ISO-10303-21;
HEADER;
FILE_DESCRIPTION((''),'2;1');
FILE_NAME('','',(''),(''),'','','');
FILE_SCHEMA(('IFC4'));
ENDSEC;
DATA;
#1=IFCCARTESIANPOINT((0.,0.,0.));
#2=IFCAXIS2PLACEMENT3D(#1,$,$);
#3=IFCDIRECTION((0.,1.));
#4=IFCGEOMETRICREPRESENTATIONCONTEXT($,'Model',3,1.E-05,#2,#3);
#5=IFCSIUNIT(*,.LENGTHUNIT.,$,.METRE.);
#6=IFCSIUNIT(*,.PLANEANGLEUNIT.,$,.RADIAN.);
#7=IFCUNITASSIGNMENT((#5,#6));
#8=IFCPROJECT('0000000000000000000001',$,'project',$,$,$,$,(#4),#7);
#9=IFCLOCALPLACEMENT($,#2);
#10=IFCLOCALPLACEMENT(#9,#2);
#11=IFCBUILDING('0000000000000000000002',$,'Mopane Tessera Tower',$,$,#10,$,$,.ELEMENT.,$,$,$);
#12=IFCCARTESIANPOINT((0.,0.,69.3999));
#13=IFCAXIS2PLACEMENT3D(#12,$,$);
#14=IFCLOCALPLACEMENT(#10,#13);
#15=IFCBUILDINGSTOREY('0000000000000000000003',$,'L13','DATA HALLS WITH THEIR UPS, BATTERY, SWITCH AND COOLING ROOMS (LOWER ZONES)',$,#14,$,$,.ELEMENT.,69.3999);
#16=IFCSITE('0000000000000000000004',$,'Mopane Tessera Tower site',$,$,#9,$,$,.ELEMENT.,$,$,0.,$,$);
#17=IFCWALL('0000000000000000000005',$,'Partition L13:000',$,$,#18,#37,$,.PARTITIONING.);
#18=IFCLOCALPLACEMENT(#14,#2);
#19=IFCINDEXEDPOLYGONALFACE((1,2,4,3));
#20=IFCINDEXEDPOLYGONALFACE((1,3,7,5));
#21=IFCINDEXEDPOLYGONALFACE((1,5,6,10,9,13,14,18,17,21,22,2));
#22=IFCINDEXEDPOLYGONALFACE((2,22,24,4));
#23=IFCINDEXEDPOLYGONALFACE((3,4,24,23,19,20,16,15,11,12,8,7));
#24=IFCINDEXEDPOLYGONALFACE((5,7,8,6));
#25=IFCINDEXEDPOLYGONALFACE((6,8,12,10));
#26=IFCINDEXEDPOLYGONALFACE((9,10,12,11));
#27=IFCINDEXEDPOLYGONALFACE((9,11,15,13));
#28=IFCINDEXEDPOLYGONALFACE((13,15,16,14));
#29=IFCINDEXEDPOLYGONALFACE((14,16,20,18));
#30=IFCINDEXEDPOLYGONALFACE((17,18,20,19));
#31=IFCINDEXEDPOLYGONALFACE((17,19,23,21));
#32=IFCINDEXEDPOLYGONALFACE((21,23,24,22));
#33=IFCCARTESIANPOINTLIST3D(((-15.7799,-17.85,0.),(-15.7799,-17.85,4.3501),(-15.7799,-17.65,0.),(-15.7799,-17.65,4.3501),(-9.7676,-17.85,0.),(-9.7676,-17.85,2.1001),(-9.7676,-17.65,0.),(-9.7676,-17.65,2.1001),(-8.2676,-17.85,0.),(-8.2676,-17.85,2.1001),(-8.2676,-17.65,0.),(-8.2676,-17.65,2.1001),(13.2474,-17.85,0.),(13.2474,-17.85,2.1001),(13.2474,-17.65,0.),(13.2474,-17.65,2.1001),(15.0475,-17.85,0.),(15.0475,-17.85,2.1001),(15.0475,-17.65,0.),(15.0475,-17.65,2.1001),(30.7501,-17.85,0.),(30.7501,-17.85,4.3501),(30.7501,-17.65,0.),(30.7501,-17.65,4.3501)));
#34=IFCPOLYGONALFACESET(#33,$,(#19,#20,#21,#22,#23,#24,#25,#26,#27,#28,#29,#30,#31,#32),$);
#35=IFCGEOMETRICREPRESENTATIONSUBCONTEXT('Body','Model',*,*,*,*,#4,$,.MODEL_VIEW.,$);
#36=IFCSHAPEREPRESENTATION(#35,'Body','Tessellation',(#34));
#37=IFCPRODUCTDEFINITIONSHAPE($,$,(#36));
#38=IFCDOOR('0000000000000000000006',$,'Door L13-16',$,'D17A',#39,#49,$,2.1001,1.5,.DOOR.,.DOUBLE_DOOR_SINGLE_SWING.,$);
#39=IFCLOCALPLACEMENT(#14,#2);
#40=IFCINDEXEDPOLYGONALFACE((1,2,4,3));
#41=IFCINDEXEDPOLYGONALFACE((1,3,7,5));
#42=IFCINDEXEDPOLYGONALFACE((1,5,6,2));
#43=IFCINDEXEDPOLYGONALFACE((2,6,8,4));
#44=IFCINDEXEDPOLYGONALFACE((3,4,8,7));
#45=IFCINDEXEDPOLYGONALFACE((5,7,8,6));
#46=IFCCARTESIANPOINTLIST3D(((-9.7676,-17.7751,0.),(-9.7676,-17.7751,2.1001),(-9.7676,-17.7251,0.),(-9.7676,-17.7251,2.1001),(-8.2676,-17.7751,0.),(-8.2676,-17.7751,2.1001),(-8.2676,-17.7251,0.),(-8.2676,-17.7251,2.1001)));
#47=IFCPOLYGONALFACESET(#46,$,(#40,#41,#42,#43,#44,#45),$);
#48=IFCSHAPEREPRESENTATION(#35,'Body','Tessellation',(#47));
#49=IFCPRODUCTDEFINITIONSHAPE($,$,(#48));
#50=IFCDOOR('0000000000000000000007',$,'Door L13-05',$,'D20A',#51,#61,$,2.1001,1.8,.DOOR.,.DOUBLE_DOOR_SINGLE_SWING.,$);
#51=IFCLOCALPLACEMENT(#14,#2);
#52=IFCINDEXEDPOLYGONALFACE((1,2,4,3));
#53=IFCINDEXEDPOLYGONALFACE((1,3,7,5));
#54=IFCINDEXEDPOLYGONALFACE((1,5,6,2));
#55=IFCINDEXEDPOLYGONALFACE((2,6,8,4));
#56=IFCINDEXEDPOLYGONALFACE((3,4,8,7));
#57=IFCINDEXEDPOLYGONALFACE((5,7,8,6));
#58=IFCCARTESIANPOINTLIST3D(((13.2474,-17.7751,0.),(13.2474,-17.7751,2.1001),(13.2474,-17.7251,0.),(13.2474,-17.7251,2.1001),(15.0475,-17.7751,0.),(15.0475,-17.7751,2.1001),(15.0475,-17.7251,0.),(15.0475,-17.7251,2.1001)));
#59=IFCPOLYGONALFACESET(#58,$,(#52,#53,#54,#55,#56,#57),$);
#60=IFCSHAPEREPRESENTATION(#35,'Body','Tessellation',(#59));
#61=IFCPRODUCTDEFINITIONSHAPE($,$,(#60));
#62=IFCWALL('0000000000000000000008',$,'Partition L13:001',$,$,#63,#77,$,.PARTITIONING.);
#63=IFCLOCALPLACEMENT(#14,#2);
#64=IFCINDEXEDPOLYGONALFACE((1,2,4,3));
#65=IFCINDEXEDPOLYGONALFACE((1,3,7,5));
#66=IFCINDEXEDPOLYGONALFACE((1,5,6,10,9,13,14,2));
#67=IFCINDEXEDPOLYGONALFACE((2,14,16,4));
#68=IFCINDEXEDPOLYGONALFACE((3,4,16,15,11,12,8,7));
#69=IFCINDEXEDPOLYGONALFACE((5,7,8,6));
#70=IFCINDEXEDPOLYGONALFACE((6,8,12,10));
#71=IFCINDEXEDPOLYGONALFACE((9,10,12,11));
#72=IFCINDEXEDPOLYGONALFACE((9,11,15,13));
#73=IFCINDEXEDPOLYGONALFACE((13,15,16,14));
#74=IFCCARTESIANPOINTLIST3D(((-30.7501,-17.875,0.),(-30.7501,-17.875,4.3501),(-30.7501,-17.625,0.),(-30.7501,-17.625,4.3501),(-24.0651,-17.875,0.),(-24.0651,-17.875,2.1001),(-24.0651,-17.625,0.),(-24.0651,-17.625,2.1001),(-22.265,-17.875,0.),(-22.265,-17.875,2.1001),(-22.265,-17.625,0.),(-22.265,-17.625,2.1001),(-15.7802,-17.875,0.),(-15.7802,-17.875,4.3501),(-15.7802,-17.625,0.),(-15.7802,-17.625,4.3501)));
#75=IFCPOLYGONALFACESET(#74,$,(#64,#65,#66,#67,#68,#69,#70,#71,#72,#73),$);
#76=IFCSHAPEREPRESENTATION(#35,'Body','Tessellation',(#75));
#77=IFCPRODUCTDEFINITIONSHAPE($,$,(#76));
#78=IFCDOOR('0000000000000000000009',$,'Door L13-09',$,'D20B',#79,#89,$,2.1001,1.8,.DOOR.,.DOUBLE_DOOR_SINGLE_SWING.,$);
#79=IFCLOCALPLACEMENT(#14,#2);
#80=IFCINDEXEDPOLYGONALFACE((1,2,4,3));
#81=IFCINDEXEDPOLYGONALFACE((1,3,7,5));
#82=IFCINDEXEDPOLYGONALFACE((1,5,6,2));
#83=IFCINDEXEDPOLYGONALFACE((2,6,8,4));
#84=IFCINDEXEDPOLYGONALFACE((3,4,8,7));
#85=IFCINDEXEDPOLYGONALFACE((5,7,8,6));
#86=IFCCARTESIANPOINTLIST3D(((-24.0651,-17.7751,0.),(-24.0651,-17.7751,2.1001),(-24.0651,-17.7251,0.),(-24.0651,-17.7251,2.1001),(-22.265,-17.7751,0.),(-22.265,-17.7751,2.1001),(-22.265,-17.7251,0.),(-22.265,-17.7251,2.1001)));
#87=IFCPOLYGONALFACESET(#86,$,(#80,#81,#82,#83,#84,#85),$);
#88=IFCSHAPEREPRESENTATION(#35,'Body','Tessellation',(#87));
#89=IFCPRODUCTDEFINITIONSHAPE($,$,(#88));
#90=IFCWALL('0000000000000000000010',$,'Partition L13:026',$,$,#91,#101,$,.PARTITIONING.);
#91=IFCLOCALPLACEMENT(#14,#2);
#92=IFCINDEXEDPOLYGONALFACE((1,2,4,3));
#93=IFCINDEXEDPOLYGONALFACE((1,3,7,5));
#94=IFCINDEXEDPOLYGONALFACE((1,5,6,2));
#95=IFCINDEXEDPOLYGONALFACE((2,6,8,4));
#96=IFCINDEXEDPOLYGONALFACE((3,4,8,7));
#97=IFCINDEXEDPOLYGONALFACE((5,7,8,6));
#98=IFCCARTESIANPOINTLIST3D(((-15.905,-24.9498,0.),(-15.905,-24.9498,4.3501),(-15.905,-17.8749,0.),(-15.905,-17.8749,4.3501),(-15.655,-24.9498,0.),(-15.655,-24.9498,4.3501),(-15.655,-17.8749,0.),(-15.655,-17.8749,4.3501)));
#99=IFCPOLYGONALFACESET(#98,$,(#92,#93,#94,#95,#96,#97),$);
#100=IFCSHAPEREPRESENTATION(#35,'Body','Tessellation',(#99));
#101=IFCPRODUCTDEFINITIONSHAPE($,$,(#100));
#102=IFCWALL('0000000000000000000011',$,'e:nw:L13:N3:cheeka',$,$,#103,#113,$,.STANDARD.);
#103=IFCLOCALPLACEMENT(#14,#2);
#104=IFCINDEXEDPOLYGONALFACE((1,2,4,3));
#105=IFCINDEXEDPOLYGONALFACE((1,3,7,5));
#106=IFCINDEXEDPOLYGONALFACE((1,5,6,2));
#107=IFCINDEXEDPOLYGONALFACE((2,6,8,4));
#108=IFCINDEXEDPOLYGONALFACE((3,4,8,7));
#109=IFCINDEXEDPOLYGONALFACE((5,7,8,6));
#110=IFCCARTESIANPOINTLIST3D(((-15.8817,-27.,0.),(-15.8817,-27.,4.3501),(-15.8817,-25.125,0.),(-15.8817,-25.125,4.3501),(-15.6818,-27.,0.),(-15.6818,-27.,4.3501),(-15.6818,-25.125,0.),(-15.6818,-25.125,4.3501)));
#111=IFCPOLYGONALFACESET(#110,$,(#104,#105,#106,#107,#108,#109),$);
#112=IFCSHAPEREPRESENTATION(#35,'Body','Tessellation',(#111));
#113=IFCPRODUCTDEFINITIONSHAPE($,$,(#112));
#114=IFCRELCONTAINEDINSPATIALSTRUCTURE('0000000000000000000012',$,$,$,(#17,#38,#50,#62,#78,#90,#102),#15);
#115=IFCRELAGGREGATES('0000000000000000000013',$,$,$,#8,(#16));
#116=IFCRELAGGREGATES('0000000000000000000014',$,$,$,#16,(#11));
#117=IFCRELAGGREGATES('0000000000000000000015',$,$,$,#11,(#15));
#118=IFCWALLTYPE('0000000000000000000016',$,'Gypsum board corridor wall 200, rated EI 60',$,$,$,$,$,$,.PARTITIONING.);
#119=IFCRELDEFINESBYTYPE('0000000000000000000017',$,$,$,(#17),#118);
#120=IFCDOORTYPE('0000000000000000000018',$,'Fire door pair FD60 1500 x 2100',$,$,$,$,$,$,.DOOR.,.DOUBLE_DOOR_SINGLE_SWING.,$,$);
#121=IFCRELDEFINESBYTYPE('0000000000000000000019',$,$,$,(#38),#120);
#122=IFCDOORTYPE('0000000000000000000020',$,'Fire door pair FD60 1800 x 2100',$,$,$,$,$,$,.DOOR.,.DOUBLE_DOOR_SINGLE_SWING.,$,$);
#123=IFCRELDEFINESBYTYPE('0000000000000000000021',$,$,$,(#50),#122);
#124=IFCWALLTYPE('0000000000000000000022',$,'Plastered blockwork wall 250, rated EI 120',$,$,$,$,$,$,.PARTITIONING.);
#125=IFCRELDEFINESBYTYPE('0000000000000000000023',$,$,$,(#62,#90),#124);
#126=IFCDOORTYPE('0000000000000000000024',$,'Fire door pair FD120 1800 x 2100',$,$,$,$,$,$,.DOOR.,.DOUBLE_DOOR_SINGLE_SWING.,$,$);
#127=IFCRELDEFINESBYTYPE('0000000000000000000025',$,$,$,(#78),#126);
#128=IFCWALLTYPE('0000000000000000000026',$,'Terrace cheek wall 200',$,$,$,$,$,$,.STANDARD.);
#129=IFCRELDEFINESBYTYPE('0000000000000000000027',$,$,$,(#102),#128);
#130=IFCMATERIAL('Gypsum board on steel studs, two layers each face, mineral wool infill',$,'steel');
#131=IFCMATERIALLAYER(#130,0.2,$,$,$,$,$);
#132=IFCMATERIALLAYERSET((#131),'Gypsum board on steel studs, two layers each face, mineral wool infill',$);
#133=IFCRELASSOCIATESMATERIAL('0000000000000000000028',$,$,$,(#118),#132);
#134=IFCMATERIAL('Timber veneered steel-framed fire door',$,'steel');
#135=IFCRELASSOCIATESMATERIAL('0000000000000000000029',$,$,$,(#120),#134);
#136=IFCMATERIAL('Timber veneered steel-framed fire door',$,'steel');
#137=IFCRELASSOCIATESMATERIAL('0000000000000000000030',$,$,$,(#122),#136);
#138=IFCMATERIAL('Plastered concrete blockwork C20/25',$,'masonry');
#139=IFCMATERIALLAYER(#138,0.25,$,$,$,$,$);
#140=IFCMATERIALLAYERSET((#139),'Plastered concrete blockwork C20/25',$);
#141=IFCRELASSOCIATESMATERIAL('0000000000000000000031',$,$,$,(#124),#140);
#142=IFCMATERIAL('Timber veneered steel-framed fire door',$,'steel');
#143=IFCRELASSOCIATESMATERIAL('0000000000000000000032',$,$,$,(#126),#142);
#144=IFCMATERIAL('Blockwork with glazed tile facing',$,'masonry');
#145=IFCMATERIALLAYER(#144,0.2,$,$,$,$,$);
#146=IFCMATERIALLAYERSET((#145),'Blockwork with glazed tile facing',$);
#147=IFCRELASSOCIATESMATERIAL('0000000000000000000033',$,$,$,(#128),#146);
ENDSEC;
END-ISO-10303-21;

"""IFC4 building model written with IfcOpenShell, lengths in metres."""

from ifc_helpers import new_model, si_unit, direction, frame, frame_2d, origin, place, context, subcontext, project, spatial, rectangle, extrude, material, layer, layer_set, type_object, element, fill, save


model = new_model("IFC4")

# Units and contexts
model_context = context("Model", 3, precision=1e-05, world=origin(), true_north=direction((0.0, 1.0)))
body_context = subcontext(model_context, "Body", "Model", "MODEL_VIEW")
ifc_project = project(units=[si_unit("LENGTHUNIT", "METRE"), si_unit("PLANEANGLEUNIT", "RADIAN")], contexts=[model_context])

# Site, building, storey
site_placement = place(None, origin())
site = spatial("IfcSite", under=ifc_project, at=site_placement, Name="Mopane Tessera Tower site", CompositionType="ELEMENT", RefElevation=0.0)
building_placement = place(site_placement, origin())
building = spatial("IfcBuilding", under=site, at=building_placement, Name="Mopane Tessera Tower", CompositionType="ELEMENT")
storey_placement = place(building_placement, frame((0.0, 0.0, 69.3999)))
storey = spatial("IfcBuildingStorey", under=building, at=storey_placement, Name="L13", Description="DATA HALLS WITH THEIR UPS, BATTERY, SWITCH AND COOLING ROOMS (LOWER ZONES)", CompositionType="ELEMENT", Elevation=69.3999)

# Wall, openings, doors
ifc_material_1 = material(Name="Gypsum board on steel studs, two layers each face, mineral wool infill", Category="steel")
ifc_layer_1 = layer(ifc_material_1, 0.2)
ifc_layer_set_1 = layer_set([ifc_layer_1], Name="Gypsum board on steel studs, two layers each face, mineral wool infill")
wall_type_1 = type_object("IfcWallType", Name="Gypsum board corridor wall 200, rated EI 60", PredefinedType="PARTITIONING", material=ifc_layer_set_1)
wall_1_placement = place(storey_placement, frame((-15.78, -17.75, 0.0), z_axis=(0.0, 0.0, 1.0), x_axis=(1.0, 0.0, 0.0)))
wall_1 = element("IfcWall", 1, at=wall_1_placement, inside=storey, type_object=wall_type_1, Name="Partition L13:000", PredefinedType="PARTITIONING", context=body_context, shape_type="SweptSolid", body=[
    extrude(rectangle(XDim=46.53, YDim=0.2, at=frame_2d((23.2651, 0.0))), origin(), (0.0, 0.0, 1.0), 4.3501),
])
opening_1_placement = place(wall_1_placement, frame((29.0276, 0.0, 0.0)))
opening_1 = element("IfcOpeningElement", 2, at=opening_1_placement, cuts=wall_1, PredefinedType="OPENING", context=body_context, shape_type="SweptSolid", body=[
    extrude(rectangle(XDim=1.8, YDim=2.1001, at=frame_2d((0.8999, 1.05))), frame((0.0, 0.1121, 0.0), z_axis=(0.0, -1.0, 0.0), x_axis=(1.0, 0.0, 0.0)), (0.0, 0.0, 1.0), 0.2239),
])
opening_2_placement = place(wall_1_placement, frame((6.0125, 0.0, 0.0)))
opening_2 = element("IfcOpeningElement", 3, at=opening_2_placement, cuts=wall_1, PredefinedType="OPENING", context=body_context, shape_type="SweptSolid", body=[
    extrude(rectangle(XDim=1.5, YDim=2.1001, at=frame_2d((0.75, 1.05))), frame((0.0, 0.1121, 0.0), z_axis=(0.0, -1.0, 0.0), x_axis=(1.0, 0.0, 0.0)), (0.0, 0.0, 1.0), 0.2239),
])
ifc_material_2 = material(Name="Timber veneered steel-framed fire door", Category="steel")
door_type_1 = type_object("IfcDoorType", Name="Fire door pair FD60 1500 x 2100", OperationType="DOUBLE_DOOR_SINGLE_SWING", PredefinedType="DOOR", material=ifc_material_2)
door_1_placement = place(opening_2_placement, origin())
door_1 = element("IfcDoor", 4, at=door_1_placement, inside=storey, type_object=door_type_1, Name="Door L13-16", ObjectType="D17A", OperationType="DOUBLE_DOOR_SINGLE_SWING", OverallHeight=2.1001, OverallWidth=1.5, PredefinedType="DOOR", context=body_context, shape_type="SweptSolid", body=[
    extrude(rectangle(XDim=1.5, YDim=2.1001, at=frame_2d((0.75, 1.05))), frame((0.0, 0.0249, 0.0), z_axis=(0.0, -1.0, 0.0), x_axis=(1.0, 0.0, 0.0)), (0.0, 0.0, 1.0), 0.05),
])
fill(opening_2, door_1)
ifc_material_3 = material(Name="Timber veneered steel-framed fire door", Category="steel")
door_type_2 = type_object("IfcDoorType", Name="Fire door pair FD60 1800 x 2100", OperationType="DOUBLE_DOOR_SINGLE_SWING", PredefinedType="DOOR", material=ifc_material_3)
door_2_placement = place(opening_1_placement, origin())
door_2 = element("IfcDoor", 5, at=door_2_placement, inside=storey, type_object=door_type_2, Name="Door L13-05", ObjectType="D20A", OperationType="DOUBLE_DOOR_SINGLE_SWING", OverallHeight=2.1001, OverallWidth=1.8, PredefinedType="DOOR", context=body_context, shape_type="SweptSolid", body=[
    extrude(rectangle(XDim=1.8, YDim=2.1001, at=frame_2d((0.8999, 1.05))), frame((0.0, 0.0249, 0.0), z_axis=(0.0, -1.0, 0.0), x_axis=(1.0, 0.0, 0.0)), (0.0, 0.0, 1.0), 0.05),
])
fill(opening_1, door_2)

# Wall, opening, door
ifc_material_4 = material(Name="Plastered concrete blockwork C20/25", Category="masonry")
ifc_layer_2 = layer(ifc_material_4, 0.25)
ifc_layer_set_2 = layer_set([ifc_layer_2], Name="Plastered concrete blockwork C20/25")
wall_type_2 = type_object("IfcWallType", Name="Plastered blockwork wall 250, rated EI 120", PredefinedType="PARTITIONING", material=ifc_layer_set_2)
wall_2_placement = place(storey_placement, frame((-30.75, -17.75, 0.0), z_axis=(0.0, 0.0, 1.0), x_axis=(1.0, 0.0, 0.0)))
wall_2 = element("IfcWall", 6, at=wall_2_placement, inside=storey, type_object=wall_type_2, Name="Partition L13:001", PredefinedType="PARTITIONING", context=body_context, shape_type="SweptSolid", body=[
    extrude(rectangle(XDim=14.97, YDim=0.25, at=frame_2d((7.4849, 0.0))), origin(), (0.0, 0.0, 1.0), 4.3501),
])
opening_3_placement = place(wall_2_placement, frame((6.6851, 0.0, 0.0)))
opening_3 = element("IfcOpeningElement", 7, at=opening_3_placement, cuts=wall_2, PredefinedType="OPENING", context=body_context, shape_type="SweptSolid", body=[
    extrude(rectangle(XDim=1.8, YDim=2.1001, at=frame_2d((0.8999, 1.05))), frame((0.0, 0.137, 0.0), z_axis=(0.0, -1.0, 0.0), x_axis=(1.0, 0.0, 0.0)), (0.0, 0.0, 1.0), 0.2739),
])
ifc_material_5 = material(Name="Timber veneered steel-framed fire door", Category="steel")
door_type_3 = type_object("IfcDoorType", Name="Fire door pair FD120 1800 x 2100", OperationType="DOUBLE_DOOR_SINGLE_SWING", PredefinedType="DOOR", material=ifc_material_5)
door_3_placement = place(opening_3_placement, origin())
door_3 = element("IfcDoor", 8, at=door_3_placement, inside=storey, type_object=door_type_3, Name="Door L13-09", ObjectType="D20B", OperationType="DOUBLE_DOOR_SINGLE_SWING", OverallHeight=2.1001, OverallWidth=1.8, PredefinedType="DOOR", context=body_context, shape_type="SweptSolid", body=[
    extrude(rectangle(XDim=1.8, YDim=2.1001, at=frame_2d((0.8999, 1.05))), frame((0.0, 0.0249, 0.0), z_axis=(0.0, -1.0, 0.0), x_axis=(1.0, 0.0, 0.0)), (0.0, 0.0, 1.0), 0.05),
])
fill(opening_3, door_3)

# Walls
wall_3_placement = place(storey_placement, frame((-15.78, -24.95, 0.0), z_axis=(0.0, 0.0, 1.0), x_axis=(0.0, 1.0, 0.0)))
element("IfcWall", 9, at=wall_3_placement, inside=storey, type_object=wall_type_2, Name="Partition L13:026", PredefinedType="PARTITIONING", context=body_context, shape_type="SweptSolid", body=[
    extrude(rectangle(XDim=7.075, YDim=0.25, at=frame_2d((3.5376, 0.0))), origin(), (0.0, 0.0, 1.0), 4.3501),
])
ifc_material_6 = material(Name="Blockwork with glazed tile facing", Category="masonry")
ifc_layer_3 = layer(ifc_material_6, 0.2)
ifc_layer_set_3 = layer_set([ifc_layer_3], Name="Blockwork with glazed tile facing")
wall_type_3 = type_object("IfcWallType", Name="Terrace cheek wall 200", PredefinedType="STANDARD", material=ifc_layer_set_3)
wall_4_placement = place(storey_placement, frame((-15.7817, -27.0, 0.0), z_axis=(0.0, 0.0, 1.0), x_axis=(0.0, 1.0, 0.0)))
element("IfcWall", 10, at=wall_4_placement, inside=storey, type_object=wall_type_3, Name="e:nw:L13:N3:cheeka", PredefinedType="STANDARD", context=body_context, shape_type="SweptSolid", body=[
    extrude(rectangle(XDim=1.875, YDim=0.2, at=frame_2d((0.9375, 0.0))), origin(), (0.0, 0.0, 1.0), 4.3501),
])

save(model, "model.ifc")
